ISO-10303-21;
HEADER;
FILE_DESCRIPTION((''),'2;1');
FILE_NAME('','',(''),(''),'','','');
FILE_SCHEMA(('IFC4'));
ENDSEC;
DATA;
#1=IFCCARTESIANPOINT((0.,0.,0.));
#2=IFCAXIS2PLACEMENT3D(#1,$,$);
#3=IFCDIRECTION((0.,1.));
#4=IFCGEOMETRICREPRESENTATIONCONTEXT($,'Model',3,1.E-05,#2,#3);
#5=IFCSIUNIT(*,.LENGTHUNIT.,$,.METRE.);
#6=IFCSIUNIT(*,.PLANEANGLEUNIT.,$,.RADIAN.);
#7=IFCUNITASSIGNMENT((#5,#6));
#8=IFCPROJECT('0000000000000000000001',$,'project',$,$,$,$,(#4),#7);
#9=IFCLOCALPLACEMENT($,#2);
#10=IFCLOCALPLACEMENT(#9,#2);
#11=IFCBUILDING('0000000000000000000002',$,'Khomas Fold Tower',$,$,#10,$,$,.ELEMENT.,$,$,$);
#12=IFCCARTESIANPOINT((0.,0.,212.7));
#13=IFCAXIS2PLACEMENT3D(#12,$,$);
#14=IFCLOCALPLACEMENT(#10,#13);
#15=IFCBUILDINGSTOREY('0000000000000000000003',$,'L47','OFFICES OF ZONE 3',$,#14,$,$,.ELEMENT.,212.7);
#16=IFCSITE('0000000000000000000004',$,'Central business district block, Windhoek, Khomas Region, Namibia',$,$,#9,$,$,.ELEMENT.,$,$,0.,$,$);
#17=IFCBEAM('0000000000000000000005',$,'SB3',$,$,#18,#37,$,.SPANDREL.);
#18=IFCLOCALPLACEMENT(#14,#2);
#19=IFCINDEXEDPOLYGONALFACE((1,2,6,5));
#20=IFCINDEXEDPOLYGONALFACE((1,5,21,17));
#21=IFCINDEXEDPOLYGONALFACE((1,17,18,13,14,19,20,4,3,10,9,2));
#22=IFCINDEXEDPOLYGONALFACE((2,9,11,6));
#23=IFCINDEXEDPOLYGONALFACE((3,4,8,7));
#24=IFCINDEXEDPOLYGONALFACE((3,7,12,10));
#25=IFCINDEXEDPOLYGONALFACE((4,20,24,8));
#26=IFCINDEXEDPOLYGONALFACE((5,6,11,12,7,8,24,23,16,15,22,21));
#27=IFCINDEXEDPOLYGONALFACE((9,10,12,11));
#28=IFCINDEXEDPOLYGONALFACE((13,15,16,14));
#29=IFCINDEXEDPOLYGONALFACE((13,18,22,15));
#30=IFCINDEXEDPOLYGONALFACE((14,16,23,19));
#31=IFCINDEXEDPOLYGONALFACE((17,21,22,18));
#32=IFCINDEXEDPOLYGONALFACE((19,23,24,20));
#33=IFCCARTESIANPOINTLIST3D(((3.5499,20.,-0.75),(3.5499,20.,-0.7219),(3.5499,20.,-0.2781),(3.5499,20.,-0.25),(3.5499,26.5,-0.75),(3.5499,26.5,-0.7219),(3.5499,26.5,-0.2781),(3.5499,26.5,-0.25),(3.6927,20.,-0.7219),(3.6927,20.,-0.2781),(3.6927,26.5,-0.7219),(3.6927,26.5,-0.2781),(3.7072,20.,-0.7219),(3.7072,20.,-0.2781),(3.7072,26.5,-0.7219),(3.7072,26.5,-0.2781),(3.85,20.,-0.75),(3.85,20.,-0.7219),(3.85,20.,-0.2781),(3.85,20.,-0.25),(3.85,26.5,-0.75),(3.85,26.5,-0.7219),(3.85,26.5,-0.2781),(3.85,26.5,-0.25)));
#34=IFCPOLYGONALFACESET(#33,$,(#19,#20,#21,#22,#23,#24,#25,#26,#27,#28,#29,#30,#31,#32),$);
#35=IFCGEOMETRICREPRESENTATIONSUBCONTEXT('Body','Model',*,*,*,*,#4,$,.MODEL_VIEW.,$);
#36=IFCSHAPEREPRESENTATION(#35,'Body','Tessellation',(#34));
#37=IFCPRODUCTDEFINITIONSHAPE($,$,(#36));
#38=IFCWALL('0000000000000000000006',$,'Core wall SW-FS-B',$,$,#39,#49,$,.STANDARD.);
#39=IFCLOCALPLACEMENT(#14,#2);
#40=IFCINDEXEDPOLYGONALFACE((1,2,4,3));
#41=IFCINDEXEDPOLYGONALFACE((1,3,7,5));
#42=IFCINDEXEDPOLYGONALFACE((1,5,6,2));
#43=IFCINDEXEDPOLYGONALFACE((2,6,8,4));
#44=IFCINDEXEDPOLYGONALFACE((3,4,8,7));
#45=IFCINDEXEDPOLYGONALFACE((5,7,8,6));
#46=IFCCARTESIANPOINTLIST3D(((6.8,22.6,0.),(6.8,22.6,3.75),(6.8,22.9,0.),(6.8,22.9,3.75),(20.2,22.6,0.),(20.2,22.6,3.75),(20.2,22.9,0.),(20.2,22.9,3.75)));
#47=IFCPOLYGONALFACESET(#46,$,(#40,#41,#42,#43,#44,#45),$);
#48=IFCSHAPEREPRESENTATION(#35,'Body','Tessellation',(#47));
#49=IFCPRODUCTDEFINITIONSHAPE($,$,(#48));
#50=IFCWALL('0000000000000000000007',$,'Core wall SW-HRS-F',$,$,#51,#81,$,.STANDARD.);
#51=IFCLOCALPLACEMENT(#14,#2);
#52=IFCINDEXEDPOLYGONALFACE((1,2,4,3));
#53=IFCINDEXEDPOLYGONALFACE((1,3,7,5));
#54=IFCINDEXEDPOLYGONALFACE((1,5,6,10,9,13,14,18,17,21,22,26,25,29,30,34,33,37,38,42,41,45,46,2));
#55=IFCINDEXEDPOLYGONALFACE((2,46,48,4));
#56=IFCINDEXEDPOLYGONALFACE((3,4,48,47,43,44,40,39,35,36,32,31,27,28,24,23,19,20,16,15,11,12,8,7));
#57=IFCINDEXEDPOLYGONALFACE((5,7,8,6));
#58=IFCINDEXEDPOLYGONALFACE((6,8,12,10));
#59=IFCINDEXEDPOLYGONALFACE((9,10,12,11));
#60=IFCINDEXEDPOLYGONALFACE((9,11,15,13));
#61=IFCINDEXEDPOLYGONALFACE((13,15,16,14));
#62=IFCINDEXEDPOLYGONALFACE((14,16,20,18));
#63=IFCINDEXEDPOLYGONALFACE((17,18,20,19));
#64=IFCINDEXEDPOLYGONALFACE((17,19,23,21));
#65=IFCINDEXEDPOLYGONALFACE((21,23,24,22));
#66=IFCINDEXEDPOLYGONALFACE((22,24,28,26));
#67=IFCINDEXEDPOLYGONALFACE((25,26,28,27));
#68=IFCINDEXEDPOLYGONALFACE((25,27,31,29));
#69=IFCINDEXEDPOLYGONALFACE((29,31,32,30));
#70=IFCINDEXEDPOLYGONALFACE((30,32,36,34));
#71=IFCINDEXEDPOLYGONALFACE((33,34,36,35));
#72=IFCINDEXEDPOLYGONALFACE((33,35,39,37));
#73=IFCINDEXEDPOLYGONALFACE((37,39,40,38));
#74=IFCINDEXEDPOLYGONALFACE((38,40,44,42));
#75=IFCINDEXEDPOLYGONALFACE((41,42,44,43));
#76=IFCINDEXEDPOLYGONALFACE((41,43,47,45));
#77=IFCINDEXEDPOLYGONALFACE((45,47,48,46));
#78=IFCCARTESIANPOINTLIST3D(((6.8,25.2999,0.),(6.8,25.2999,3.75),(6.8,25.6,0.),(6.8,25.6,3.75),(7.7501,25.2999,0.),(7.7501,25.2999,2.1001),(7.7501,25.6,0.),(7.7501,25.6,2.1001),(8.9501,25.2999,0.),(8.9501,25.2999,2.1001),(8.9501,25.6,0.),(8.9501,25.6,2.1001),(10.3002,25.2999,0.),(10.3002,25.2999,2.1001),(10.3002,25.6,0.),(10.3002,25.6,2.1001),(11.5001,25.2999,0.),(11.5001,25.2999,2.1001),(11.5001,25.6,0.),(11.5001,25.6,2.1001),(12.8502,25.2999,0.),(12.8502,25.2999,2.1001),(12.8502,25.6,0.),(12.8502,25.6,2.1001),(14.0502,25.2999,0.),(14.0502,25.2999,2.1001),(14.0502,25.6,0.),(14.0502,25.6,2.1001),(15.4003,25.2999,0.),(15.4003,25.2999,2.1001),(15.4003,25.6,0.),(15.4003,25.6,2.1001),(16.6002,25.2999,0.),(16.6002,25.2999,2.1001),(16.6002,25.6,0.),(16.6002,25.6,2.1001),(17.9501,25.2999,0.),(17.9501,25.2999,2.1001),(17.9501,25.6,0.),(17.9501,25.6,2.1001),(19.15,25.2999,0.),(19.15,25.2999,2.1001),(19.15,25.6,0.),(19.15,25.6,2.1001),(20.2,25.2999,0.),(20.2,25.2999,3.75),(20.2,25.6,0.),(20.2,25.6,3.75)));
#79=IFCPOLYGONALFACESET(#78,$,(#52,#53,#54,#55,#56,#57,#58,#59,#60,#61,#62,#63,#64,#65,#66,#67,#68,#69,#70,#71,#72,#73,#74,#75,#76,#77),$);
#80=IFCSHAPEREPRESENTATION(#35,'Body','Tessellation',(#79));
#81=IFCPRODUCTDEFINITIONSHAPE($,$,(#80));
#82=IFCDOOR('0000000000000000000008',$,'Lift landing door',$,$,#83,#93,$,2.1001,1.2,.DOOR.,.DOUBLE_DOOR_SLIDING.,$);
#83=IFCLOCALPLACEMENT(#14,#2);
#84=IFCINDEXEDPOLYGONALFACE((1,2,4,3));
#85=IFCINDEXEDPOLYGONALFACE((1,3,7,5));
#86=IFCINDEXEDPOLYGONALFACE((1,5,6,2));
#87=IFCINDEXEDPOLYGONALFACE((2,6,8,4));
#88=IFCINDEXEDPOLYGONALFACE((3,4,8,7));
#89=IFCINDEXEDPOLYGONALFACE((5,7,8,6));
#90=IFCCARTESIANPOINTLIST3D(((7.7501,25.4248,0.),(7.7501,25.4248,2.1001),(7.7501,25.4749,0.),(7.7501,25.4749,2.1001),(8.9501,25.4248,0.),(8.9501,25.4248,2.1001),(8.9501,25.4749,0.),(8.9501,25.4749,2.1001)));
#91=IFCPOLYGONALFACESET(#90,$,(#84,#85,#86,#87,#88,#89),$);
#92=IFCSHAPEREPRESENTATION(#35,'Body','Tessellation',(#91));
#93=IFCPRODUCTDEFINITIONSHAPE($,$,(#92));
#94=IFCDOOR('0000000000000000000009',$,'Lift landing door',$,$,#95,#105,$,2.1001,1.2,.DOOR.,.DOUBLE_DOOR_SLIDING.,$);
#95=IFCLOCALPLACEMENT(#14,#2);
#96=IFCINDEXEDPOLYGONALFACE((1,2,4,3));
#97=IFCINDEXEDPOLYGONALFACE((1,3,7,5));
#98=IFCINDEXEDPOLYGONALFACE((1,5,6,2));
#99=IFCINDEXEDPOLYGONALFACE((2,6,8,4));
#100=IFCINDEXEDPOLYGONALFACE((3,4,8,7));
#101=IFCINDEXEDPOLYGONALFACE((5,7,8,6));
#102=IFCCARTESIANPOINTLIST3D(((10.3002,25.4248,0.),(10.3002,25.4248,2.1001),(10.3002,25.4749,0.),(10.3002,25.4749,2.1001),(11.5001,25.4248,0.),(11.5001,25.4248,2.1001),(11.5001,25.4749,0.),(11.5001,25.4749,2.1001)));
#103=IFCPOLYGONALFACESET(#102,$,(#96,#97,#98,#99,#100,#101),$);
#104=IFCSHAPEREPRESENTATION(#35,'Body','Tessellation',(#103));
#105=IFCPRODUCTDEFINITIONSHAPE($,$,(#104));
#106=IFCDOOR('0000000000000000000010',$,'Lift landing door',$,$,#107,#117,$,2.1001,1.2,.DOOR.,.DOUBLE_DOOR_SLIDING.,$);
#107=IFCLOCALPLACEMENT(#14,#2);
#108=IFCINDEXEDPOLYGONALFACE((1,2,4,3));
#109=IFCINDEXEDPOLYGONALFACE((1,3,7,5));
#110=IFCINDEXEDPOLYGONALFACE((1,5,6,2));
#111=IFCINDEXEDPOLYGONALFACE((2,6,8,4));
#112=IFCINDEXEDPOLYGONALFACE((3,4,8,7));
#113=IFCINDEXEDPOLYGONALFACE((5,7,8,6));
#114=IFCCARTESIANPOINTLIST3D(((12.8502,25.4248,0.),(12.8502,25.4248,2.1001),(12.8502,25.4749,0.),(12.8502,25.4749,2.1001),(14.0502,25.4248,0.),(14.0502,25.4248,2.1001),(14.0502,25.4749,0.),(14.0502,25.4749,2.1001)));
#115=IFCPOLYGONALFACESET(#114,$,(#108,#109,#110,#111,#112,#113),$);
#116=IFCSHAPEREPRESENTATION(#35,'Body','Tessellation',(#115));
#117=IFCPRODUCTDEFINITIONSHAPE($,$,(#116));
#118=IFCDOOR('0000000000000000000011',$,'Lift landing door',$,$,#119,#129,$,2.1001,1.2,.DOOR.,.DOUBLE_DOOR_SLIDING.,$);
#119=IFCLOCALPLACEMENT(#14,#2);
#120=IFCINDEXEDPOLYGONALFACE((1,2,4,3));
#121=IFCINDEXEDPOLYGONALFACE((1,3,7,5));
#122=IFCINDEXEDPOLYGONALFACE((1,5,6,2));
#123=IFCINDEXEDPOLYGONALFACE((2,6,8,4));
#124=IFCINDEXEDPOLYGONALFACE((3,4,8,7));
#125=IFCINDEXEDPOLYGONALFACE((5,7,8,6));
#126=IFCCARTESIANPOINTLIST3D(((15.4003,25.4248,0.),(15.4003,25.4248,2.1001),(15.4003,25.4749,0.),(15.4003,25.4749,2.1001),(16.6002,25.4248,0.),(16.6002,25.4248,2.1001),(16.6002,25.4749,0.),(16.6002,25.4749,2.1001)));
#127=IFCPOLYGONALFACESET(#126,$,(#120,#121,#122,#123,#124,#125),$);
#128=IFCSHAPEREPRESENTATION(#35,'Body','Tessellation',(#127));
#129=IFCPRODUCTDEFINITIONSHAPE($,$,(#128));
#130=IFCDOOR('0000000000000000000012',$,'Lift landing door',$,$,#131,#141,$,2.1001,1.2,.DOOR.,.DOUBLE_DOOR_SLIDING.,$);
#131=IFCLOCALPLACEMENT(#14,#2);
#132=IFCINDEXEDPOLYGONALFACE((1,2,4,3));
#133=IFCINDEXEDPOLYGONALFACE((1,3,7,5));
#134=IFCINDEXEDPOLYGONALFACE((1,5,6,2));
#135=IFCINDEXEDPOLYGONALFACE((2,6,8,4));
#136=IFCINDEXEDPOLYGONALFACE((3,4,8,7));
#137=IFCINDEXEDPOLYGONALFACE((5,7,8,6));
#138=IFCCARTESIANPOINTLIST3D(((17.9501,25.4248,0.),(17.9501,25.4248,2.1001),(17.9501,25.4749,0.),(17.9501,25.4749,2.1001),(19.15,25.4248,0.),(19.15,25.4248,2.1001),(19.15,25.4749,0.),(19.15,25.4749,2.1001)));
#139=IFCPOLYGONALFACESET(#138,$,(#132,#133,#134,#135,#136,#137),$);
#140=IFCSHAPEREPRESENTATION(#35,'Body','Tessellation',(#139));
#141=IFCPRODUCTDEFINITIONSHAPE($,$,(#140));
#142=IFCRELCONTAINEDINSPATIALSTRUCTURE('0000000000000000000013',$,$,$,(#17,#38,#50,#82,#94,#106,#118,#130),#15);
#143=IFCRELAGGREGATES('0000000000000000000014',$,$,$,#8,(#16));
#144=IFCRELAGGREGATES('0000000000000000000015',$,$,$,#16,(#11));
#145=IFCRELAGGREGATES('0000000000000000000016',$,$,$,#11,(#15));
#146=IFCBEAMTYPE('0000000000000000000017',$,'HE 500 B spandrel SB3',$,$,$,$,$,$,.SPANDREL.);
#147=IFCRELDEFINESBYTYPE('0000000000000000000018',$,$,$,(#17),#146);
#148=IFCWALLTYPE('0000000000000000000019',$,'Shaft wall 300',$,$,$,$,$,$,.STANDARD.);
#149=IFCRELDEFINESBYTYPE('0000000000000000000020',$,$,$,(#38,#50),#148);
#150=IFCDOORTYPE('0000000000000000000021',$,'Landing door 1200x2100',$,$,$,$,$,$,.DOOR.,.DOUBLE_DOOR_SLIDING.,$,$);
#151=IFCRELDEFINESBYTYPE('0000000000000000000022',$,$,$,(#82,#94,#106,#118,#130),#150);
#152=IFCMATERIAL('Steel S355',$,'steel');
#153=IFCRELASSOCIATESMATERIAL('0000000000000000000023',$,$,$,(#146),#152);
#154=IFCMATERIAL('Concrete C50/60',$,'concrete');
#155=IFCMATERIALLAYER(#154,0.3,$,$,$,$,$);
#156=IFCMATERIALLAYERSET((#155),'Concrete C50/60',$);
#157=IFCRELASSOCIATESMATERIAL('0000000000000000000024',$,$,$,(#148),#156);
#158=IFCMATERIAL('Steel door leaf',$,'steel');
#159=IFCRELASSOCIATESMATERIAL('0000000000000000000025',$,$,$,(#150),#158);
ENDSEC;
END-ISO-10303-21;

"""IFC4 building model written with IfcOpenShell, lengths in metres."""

from ifc_helpers import new_model, si_unit, direction, frame, frame_2d, origin, origin_2d, place, context, subcontext, project, spatial, rectangle, i_section, extrude, source, transform, mapped, material, layer, layer_set, material_profile, profile_set, type_object, element, fill, save


model = new_model("IFC4")

# Units and contexts
model_context = context("Model", 3, precision=1e-05, world=origin(), true_north=direction((0.0, 1.0)))
body_context = subcontext(model_context, "Body", "Model", "MODEL_VIEW")
ifc_project = project(units=[si_unit("LENGTHUNIT", "METRE"), si_unit("PLANEANGLEUNIT", "RADIAN")], contexts=[model_context])

# Site, building, storey
site_placement = place(None, origin())
site = spatial("IfcSite", under=ifc_project, at=site_placement, Name="Central business district block, Windhoek, Khomas Region, Namibia", CompositionType="ELEMENT", RefElevation=0.0)
building_placement = place(site_placement, origin())
building = spatial("IfcBuilding", under=site, at=building_placement, Name="Khomas Fold Tower", CompositionType="ELEMENT")
storey_placement = place(building_placement, frame((0.0, 0.0, 212.7)))
storey = spatial("IfcBuildingStorey", under=building, at=storey_placement, Name="L47", Description="OFFICES OF ZONE 3", CompositionType="ELEMENT", Elevation=212.7)

# Beam
ifc_material_1 = material(Name="Steel S355", Category="steel")
ifc_material_profile = material_profile(ifc_material_1, i_section(OverallWidth=0.3, OverallDepth=0.5, WebThickness=0.0144, FlangeThickness=0.0281, at=origin_2d()), Name="HE 500 B")
ifc_profile_set = profile_set([ifc_material_profile], Name="Steel S355")
beam_type = type_object("IfcBeamType", Name="HE 500 B spandrel SB3", PredefinedType="SPANDREL", material=ifc_profile_set)
shared_shape_1 = source(origin(), body_context, "Body", "SweptSolid", [
    extrude(i_section(OverallWidth=0.3, OverallDepth=0.5, WebThickness=0.0144, FlangeThickness=0.0281, at=origin_2d()), origin(), (0.0, 0.0, 1.0), 6.5),
])
beam_placement = place(storey_placement, frame((3.7, 20.0, -0.5), z_axis=(0.0, 1.0, 0.0), x_axis=(-1.0, 0.0, 0.0)))
element("IfcBeam", 1, at=beam_placement, inside=storey, type_object=beam_type, Name="SB3", PredefinedType="SPANDREL", context=body_context, shape_type="MappedRepresentation", body=[
    mapped(shared_shape_1, transform((0.0, 0.0, 0.0))),
])

# Wall
ifc_material_2 = material(Name="Concrete C50/60", Category="concrete")
ifc_layer_1 = layer(ifc_material_2, 0.3)
ifc_layer_set_1 = layer_set([ifc_layer_1], Name="Concrete C50/60")
wall_type_1 = type_object("IfcWallType", Name="Shaft wall 300", PredefinedType="STANDARD", material=ifc_layer_set_1)
shared_shape_2 = source(origin(), body_context, "Body", "SweptSolid", [
    extrude(rectangle(XDim=13.3999, YDim=0.3, at=frame_2d((6.7, 0.0))), origin(), (0.0, 0.0, 1.0), 3.75),
])
wall_1_placement = place(storey_placement, frame((6.8, 22.75, 0.0), z_axis=(0.0, 0.0, 1.0), x_axis=(1.0, 0.0, 0.0)))
element("IfcWall", 2, at=wall_1_placement, inside=storey, type_object=wall_type_1, Name="Core wall SW-FS-B", PredefinedType="STANDARD", context=body_context, shape_type="MappedRepresentation", body=[
    mapped(shared_shape_2, transform((0.0, 0.0, 0.0))),
])

# Wall, openings, doors
wall_2_placement = place(storey_placement, frame((6.8, 25.45, 0.0), z_axis=(0.0, 0.0, 1.0), x_axis=(1.0, 0.0, 0.0)))
wall_2 = element("IfcWall", 3, at=wall_2_placement, inside=storey, type_object=wall_type_1, Name="Core wall SW-HRS-F", PredefinedType="STANDARD", context=body_context, shape_type="MappedRepresentation", body=[
    mapped(shared_shape_2, transform((0.0, 0.0, 0.0))),
])
shared_shape_3 = source(origin(), body_context, "Body", "SweptSolid", [
    extrude(rectangle(XDim=1.2, YDim=2.1001, at=frame_2d((0.6001, 1.05))), frame((0.0, 0.1599, 0.0), z_axis=(0.0, -1.0, 0.0), x_axis=(1.0, 0.0, 0.0)), (0.0, 0.0, 1.0), 0.3201),
])
opening_1_placement = place(wall_2_placement, frame((0.95, 0.0, 0.0)))
opening_1 = element("IfcOpeningElement", 4, at=opening_1_placement, cuts=wall_2, PredefinedType="OPENING", context=body_context, shape_type="MappedRepresentation", body=[
    mapped(shared_shape_3, transform((0.0, 0.0, 0.0))),
])
opening_2_placement = place(wall_2_placement, frame((3.5, 0.0, 0.0)))
opening_2 = element("IfcOpeningElement", 5, at=opening_2_placement, cuts=wall_2, PredefinedType="OPENING", context=body_context, shape_type="MappedRepresentation", body=[
    mapped(shared_shape_3, transform((0.0, 0.0, 0.0))),
])
opening_3_placement = place(wall_2_placement, frame((6.05, 0.0, 0.0)))
opening_3 = element("IfcOpeningElement", 6, at=opening_3_placement, cuts=wall_2, PredefinedType="OPENING", context=body_context, shape_type="MappedRepresentation", body=[
    mapped(shared_shape_3, transform((0.0, 0.0, 0.0))),
])
opening_4_placement = place(wall_2_placement, frame((8.6001, 0.0, 0.0)))
opening_4 = element("IfcOpeningElement", 7, at=opening_4_placement, cuts=wall_2, PredefinedType="OPENING", context=body_context, shape_type="MappedRepresentation", body=[
    mapped(shared_shape_3, transform((0.0, 0.0, 0.0))),
])
opening_5_placement = place(wall_2_placement, frame((11.1499, 0.0, 0.0)))
opening_5 = element("IfcOpeningElement", 8, at=opening_5_placement, cuts=wall_2, PredefinedType="OPENING", context=body_context, shape_type="MappedRepresentation", body=[
    mapped(shared_shape_3, transform((0.0, 0.0, 0.0))),
])
ifc_material_3 = material(Name="Steel door leaf", Category="steel")
door_type = type_object("IfcDoorType", Name="Landing door 1200x2100", OperationType="DOUBLE_DOOR_SLIDING", PredefinedType="DOOR", material=ifc_material_3)
shared_shape_4 = source(origin(), body_context, "Body", "SweptSolid", [
    extrude(rectangle(XDim=1.2, YDim=2.1001, at=frame_2d((0.6001, 1.05))), frame((0.0, 0.0249, 0.0), z_axis=(0.0, -1.0, 0.0), x_axis=(1.0, 0.0, 0.0)), (0.0, 0.0, 1.0), 0.05),
])
door_1_placement = place(opening_1_placement, origin())
door_1 = element("IfcDoor", 9, at=door_1_placement, inside=storey, type_object=door_type, Name="Lift landing door", OperationType="DOUBLE_DOOR_SLIDING", OverallHeight=2.1001, OverallWidth=1.2, PredefinedType="DOOR", context=body_context, shape_type="MappedRepresentation", body=[
    mapped(shared_shape_4, transform((0.0, 0.0, 0.0))),
])
fill(opening_1, door_1)
door_2_placement = place(opening_2_placement, origin())
door_2 = element("IfcDoor", 10, at=door_2_placement, inside=storey, type_object=door_type, Name="Lift landing door", OperationType="DOUBLE_DOOR_SLIDING", OverallHeight=2.1001, OverallWidth=1.2, PredefinedType="DOOR", context=body_context, shape_type="MappedRepresentation", body=[
    mapped(shared_shape_4, transform((0.0, 0.0, 0.0))),
])
fill(opening_2, door_2)
door_3_placement = place(opening_3_placement, origin())
door_3 = element("IfcDoor", 11, at=door_3_placement, inside=storey, type_object=door_type, Name="Lift landing door", OperationType="DOUBLE_DOOR_SLIDING", OverallHeight=2.1001, OverallWidth=1.2, PredefinedType="DOOR", context=body_context, shape_type="MappedRepresentation", body=[
    mapped(shared_shape_4, transform((0.0, 0.0, 0.0))),
])
fill(opening_3, door_3)
door_4_placement = place(opening_4_placement, origin())
door_4 = element("IfcDoor", 12, at=door_4_placement, inside=storey, type_object=door_type, Name="Lift landing door", OperationType="DOUBLE_DOOR_SLIDING", OverallHeight=2.1001, OverallWidth=1.2, PredefinedType="DOOR", context=body_context, shape_type="MappedRepresentation", body=[
    mapped(shared_shape_4, transform((0.0, 0.0, 0.0))),
])
fill(opening_4, door_4)
door_5_placement = place(opening_5_placement, origin())
door_5 = element("IfcDoor", 13, at=door_5_placement, inside=storey, type_object=door_type, Name="Lift landing door", OperationType="DOUBLE_DOOR_SLIDING", OverallHeight=2.1001, OverallWidth=1.2, PredefinedType="DOOR", context=body_context, shape_type="MappedRepresentation", body=[
    mapped(shared_shape_4, transform((0.0, 0.0, 0.0))),
])
fill(opening_5, door_5)

save(model, "model.ifc")
